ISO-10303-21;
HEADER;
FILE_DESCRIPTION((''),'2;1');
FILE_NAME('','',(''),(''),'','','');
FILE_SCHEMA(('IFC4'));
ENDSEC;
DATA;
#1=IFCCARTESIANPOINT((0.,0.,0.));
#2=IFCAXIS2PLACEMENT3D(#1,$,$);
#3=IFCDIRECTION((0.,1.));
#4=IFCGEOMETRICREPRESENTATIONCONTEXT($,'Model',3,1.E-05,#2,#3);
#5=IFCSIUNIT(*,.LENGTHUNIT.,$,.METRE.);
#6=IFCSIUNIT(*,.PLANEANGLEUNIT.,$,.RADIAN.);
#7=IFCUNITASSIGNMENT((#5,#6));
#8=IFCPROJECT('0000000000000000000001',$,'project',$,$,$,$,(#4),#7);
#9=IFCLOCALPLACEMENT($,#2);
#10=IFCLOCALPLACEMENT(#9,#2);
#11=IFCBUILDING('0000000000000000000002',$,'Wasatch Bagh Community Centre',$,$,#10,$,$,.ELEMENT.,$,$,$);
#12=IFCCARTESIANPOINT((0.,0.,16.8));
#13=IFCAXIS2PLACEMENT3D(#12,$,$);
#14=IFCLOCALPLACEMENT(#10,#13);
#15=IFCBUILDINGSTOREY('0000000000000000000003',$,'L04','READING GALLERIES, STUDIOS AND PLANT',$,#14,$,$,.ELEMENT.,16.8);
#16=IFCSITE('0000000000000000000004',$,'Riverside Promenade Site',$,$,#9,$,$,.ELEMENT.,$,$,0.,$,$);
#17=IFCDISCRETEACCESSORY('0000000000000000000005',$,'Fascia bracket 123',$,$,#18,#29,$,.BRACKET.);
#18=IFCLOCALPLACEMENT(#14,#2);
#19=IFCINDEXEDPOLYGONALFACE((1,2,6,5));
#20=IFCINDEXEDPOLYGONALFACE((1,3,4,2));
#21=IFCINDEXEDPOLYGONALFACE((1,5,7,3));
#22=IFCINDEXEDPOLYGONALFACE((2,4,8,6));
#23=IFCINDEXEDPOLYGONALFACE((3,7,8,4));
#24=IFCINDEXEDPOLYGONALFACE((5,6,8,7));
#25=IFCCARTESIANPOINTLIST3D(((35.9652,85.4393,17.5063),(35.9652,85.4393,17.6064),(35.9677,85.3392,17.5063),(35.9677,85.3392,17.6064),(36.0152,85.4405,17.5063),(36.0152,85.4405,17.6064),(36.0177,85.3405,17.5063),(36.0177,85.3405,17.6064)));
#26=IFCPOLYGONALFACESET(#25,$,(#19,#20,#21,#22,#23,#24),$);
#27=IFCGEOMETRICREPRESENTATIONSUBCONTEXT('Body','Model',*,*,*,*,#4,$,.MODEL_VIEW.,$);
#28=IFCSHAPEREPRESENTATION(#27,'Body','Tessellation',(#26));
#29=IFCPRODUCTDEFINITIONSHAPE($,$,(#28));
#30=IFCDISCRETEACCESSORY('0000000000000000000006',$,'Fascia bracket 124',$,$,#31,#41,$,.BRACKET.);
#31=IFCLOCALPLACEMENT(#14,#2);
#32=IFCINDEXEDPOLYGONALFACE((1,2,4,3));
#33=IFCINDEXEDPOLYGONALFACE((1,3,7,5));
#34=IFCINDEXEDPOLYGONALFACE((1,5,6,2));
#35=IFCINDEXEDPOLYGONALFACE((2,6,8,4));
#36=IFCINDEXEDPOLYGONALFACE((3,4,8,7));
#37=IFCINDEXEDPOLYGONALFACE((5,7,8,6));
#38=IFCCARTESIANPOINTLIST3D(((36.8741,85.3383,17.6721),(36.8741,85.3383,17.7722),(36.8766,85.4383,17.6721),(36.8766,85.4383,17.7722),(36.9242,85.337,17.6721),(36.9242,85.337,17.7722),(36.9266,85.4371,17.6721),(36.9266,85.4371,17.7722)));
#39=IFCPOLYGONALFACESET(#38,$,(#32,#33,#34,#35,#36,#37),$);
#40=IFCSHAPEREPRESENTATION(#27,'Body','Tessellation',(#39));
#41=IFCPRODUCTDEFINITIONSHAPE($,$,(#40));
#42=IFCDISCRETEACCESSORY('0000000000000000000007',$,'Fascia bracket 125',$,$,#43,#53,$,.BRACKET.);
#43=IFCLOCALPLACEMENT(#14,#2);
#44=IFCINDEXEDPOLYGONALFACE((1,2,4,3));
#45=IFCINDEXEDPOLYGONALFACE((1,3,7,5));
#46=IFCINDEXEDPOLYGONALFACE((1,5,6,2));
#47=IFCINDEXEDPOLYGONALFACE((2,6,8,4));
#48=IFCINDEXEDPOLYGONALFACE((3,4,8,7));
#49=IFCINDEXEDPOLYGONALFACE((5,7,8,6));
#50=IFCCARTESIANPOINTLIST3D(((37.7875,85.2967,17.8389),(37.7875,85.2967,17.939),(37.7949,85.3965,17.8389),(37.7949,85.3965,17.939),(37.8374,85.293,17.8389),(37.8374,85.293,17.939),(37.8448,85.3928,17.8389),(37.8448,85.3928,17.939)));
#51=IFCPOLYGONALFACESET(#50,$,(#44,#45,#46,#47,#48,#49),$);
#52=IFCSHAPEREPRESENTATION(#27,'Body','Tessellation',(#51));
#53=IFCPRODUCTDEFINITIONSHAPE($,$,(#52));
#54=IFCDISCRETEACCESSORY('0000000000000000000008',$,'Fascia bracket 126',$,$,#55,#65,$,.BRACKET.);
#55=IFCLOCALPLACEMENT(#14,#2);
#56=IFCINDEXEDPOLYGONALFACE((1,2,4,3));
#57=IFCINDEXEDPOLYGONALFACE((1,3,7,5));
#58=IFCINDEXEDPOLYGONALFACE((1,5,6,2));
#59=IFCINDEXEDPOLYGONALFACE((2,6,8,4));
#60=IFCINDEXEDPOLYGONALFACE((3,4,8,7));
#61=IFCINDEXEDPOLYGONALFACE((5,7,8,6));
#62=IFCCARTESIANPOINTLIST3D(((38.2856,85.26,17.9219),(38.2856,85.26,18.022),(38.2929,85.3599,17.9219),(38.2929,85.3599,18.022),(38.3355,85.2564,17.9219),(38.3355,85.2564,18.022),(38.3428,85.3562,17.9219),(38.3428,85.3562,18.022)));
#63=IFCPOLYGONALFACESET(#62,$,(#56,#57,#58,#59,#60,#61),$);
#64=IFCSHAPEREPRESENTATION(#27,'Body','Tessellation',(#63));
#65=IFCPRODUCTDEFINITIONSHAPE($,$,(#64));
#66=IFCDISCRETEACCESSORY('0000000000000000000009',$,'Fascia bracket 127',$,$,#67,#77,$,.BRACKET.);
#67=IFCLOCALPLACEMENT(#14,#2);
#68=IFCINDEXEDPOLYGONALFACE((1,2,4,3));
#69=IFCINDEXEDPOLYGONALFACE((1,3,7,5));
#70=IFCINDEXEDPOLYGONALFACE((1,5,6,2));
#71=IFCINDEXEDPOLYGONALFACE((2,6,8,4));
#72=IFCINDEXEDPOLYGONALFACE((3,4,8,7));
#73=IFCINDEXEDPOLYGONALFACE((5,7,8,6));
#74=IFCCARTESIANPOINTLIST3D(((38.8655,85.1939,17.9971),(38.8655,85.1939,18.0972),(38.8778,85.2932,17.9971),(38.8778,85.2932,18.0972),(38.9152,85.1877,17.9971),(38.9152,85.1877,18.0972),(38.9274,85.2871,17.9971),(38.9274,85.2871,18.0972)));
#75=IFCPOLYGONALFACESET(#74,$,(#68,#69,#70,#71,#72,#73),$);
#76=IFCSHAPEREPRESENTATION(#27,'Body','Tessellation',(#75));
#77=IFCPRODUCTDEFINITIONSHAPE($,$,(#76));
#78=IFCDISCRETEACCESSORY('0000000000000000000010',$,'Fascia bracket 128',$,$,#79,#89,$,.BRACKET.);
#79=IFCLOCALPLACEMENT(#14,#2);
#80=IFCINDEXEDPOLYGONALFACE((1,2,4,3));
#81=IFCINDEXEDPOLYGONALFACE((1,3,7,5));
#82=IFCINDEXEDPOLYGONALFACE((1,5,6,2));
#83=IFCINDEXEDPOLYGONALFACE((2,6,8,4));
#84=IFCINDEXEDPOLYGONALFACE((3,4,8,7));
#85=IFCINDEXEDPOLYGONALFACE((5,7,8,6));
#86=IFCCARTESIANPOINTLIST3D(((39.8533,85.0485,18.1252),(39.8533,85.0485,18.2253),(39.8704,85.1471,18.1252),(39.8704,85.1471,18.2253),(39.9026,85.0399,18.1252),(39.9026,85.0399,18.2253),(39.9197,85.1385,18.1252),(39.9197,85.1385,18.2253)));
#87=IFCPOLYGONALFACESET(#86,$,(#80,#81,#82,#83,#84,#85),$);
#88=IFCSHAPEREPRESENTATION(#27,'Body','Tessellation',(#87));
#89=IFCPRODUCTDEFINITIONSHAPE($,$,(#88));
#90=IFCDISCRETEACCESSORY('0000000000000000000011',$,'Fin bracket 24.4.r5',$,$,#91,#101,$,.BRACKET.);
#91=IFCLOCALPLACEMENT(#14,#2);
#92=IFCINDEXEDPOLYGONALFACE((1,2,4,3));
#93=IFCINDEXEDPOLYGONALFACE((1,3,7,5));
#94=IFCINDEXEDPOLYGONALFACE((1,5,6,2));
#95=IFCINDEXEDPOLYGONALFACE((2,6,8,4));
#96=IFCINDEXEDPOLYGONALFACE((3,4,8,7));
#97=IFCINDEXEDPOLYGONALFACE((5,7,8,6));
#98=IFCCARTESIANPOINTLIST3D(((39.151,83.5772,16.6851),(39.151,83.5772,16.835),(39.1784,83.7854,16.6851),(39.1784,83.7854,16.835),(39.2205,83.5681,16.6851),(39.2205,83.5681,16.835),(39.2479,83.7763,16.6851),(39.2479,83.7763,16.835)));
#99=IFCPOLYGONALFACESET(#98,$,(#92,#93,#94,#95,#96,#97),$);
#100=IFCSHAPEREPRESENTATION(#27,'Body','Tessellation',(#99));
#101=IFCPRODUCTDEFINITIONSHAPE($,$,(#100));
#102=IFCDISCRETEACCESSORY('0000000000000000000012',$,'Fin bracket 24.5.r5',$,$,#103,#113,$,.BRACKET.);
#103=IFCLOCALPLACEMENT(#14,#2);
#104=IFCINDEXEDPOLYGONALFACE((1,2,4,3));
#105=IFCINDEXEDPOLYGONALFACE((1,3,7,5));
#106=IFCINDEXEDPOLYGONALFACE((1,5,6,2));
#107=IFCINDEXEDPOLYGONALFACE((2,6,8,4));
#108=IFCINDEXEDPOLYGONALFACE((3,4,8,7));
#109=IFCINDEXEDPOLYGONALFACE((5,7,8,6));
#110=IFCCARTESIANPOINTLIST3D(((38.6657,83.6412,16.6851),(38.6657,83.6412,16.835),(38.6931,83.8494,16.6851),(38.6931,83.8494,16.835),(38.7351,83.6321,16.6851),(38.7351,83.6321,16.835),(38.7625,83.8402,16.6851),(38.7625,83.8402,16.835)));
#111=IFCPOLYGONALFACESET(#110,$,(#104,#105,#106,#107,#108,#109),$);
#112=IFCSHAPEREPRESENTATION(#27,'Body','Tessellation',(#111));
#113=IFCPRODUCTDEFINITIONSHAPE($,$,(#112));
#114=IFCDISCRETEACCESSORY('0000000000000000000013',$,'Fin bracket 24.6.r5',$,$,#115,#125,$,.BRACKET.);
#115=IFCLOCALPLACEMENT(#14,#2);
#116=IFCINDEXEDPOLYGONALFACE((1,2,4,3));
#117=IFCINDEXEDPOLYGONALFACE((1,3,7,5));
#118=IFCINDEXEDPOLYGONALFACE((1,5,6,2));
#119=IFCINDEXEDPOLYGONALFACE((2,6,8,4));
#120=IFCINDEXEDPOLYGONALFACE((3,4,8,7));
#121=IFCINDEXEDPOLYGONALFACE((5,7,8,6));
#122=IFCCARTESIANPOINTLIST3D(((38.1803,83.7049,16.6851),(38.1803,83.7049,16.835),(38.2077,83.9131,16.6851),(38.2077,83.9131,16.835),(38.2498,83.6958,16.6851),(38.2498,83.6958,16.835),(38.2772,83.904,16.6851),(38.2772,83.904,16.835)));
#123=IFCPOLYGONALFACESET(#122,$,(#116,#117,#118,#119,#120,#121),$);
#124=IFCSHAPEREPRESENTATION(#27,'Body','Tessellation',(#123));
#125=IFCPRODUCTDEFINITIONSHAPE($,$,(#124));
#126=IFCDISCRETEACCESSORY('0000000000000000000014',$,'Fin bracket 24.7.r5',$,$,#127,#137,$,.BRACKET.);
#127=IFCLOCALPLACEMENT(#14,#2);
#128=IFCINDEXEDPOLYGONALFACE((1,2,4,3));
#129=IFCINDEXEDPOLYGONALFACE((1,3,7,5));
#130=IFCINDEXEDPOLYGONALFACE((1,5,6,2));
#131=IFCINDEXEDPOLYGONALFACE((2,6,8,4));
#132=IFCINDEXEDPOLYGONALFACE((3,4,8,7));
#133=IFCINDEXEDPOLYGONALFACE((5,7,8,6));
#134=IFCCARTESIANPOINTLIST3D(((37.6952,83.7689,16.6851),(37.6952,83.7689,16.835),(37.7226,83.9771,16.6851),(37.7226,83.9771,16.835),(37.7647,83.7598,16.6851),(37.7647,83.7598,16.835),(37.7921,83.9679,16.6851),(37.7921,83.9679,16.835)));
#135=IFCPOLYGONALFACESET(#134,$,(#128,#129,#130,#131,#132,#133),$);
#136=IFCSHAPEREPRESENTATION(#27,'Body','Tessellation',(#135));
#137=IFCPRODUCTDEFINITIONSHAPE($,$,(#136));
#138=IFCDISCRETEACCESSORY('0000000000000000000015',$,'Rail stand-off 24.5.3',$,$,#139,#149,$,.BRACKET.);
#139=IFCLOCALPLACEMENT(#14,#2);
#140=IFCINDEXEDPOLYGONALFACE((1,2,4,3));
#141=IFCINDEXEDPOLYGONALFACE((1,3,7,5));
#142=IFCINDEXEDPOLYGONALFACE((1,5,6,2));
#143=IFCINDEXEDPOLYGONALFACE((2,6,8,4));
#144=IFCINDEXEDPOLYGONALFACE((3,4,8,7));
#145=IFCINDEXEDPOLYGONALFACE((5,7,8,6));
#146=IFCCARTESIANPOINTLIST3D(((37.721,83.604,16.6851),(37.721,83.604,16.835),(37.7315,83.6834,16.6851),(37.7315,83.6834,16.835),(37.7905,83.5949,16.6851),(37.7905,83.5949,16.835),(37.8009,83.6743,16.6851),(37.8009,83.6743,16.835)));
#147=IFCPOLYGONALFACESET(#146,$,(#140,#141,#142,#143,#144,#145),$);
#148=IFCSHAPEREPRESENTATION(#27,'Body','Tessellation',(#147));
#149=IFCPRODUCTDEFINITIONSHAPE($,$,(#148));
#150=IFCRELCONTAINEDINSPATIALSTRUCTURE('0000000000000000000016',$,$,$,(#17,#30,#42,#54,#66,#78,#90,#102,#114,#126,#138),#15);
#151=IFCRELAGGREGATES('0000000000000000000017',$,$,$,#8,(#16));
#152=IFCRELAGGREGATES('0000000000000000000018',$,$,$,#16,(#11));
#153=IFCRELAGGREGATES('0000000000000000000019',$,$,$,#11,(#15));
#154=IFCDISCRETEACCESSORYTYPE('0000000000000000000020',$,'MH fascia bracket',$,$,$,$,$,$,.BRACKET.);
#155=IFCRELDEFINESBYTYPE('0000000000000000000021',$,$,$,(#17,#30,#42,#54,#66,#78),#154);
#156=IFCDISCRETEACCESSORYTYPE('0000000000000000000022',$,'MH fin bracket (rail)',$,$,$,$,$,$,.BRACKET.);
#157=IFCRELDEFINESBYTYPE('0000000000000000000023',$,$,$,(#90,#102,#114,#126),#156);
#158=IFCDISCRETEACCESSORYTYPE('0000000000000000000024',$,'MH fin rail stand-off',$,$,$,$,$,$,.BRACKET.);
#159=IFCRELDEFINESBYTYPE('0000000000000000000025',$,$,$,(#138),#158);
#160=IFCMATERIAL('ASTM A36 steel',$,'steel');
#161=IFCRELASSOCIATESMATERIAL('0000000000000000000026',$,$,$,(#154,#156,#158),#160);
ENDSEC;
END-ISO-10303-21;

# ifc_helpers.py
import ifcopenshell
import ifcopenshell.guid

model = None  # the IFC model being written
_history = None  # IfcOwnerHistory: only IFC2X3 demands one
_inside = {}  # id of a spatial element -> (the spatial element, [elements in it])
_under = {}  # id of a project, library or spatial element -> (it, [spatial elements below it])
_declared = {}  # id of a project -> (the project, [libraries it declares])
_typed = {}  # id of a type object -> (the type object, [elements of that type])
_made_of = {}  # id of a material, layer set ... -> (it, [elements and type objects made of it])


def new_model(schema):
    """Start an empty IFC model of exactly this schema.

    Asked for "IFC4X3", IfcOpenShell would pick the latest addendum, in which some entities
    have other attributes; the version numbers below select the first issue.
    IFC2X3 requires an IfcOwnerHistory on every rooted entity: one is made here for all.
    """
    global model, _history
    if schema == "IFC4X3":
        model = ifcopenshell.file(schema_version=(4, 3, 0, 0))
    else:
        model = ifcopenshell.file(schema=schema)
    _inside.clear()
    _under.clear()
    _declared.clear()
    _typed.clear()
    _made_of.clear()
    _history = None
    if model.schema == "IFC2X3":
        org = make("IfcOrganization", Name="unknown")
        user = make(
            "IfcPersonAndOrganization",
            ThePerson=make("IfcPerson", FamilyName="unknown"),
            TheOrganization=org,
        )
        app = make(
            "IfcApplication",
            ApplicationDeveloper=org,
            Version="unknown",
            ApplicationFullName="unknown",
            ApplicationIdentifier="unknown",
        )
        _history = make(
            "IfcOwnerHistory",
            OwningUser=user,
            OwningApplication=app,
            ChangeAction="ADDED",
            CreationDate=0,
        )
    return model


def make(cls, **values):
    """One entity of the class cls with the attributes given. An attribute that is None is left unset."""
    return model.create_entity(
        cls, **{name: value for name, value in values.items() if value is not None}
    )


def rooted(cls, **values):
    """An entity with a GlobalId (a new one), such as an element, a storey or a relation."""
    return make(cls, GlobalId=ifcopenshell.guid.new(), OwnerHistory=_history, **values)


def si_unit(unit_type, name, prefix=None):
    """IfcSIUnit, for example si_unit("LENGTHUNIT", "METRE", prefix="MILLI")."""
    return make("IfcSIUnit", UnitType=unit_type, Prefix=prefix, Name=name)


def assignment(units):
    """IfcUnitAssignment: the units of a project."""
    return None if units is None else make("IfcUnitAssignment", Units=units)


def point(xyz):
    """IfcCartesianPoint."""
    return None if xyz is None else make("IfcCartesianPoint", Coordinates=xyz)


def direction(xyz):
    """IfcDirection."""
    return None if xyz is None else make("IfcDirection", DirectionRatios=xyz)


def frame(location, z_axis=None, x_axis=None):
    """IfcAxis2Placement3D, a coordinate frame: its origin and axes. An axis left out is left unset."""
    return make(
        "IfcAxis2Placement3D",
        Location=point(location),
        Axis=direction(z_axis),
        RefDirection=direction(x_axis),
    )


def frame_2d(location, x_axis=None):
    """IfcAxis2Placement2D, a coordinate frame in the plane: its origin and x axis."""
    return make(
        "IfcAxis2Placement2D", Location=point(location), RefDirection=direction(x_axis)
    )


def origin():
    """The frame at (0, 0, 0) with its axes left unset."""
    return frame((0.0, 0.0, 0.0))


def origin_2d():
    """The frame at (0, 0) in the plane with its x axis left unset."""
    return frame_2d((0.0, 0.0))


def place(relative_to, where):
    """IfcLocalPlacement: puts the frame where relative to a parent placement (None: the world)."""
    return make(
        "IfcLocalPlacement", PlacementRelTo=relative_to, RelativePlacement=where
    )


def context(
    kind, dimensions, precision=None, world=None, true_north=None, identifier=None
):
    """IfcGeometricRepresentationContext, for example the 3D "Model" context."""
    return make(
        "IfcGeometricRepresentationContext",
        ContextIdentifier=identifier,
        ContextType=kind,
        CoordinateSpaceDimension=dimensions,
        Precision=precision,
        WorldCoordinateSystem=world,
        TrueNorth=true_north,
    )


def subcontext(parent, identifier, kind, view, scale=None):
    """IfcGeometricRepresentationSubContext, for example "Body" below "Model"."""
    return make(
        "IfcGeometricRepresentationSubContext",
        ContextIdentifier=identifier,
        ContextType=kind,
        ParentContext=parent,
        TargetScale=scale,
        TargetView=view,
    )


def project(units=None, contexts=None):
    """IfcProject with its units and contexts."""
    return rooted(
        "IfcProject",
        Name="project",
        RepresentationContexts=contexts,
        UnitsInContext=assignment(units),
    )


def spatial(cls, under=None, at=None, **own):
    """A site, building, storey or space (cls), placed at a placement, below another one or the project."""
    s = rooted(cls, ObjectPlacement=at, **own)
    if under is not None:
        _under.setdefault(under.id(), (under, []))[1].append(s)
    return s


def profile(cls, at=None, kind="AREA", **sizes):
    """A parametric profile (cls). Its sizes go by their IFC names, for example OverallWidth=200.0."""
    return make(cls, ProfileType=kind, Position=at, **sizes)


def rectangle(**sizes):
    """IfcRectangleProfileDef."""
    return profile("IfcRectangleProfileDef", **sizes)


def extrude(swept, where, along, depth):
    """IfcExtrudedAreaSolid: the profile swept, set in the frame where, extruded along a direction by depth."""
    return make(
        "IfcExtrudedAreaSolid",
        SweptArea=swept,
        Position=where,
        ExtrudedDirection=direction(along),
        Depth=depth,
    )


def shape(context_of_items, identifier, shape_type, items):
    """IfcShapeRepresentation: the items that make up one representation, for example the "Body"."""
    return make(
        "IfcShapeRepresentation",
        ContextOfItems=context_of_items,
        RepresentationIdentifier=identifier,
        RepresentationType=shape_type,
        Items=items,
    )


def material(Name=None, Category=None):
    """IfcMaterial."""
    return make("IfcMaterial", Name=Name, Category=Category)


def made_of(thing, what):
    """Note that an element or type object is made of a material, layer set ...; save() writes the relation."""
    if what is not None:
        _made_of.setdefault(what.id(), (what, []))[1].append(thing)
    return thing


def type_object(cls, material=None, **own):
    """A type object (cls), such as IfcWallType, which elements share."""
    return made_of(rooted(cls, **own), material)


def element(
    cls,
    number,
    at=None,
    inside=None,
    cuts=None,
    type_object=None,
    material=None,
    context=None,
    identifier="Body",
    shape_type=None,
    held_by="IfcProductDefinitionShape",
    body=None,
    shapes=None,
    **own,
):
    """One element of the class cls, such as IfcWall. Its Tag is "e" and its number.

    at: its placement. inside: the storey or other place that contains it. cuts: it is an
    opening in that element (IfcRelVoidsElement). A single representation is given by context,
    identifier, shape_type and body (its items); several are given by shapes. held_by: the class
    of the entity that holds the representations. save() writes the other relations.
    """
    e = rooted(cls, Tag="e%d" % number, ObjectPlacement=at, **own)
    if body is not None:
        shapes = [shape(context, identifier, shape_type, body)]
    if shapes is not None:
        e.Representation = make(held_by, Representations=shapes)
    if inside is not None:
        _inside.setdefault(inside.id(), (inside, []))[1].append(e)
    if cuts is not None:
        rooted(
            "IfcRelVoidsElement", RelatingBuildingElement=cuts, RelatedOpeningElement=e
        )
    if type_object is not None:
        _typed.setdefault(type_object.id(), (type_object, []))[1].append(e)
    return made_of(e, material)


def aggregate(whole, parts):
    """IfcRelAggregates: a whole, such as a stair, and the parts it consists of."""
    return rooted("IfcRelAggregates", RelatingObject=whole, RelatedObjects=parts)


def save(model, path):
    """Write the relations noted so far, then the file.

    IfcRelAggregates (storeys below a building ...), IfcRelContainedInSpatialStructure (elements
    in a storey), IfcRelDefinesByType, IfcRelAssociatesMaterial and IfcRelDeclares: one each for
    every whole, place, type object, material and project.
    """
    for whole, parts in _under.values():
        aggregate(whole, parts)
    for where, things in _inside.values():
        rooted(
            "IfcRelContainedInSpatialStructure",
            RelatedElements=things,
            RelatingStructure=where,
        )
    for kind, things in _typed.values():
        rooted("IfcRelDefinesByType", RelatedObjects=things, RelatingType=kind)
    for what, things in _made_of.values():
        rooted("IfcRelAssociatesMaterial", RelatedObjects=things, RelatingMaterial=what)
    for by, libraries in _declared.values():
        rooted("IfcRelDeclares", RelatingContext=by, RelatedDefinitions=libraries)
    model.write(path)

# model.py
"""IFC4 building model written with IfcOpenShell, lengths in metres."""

from ifc_helpers import new_model, si_unit, direction, frame, origin, origin_2d, place, context, subcontext, project, spatial, rectangle, extrude, material, type_object, element, save


model = new_model("IFC4")

# Units and contexts
model_context = context("Model", 3, precision=1e-05, world=origin(), true_north=direction((0.0, 1.0)))
body_context = subcontext(model_context, "Body", "Model", "MODEL_VIEW")
ifc_project = project(units=[si_unit("LENGTHUNIT", "METRE"), si_unit("PLANEANGLEUNIT", "RADIAN")], contexts=[model_context])

# Site, building, storey
site_placement = place(None, origin())
site = spatial("IfcSite", under=ifc_project, at=site_placement, Name="Riverside Promenade Site", CompositionType="ELEMENT", RefElevation=0.0)
building_placement = place(site_placement, origin())
building = spatial("IfcBuilding", under=site, at=building_placement, Name="Wasatch Bagh Community Centre", CompositionType="ELEMENT")
storey_placement = place(building_placement, frame((0.0, 0.0, 16.8)))
storey = spatial("IfcBuildingStorey", under=building, at=storey_placement, Name="L04", Description="READING GALLERIES, STUDIOS AND PLANT", CompositionType="ELEMENT", Elevation=16.8)

# Discrete accessories
ifc_material_1 = material(Name="ASTM A36 steel", Category="steel")
discrete_accessory_type_1 = type_object("IfcDiscreteAccessoryType", Name="MH fascia bracket", PredefinedType="BRACKET", material=ifc_material_1)
for number, where, z_axis, x_axis, name in (
    (1, (35.9915, 85.3899, 17.5063), (0.0, 0.0, 1.0), (-0.024541, 0.999699, 0.0), "Fascia bracket 123"),
    (2, (36.9004, 85.3877, 17.6721), (0.0, 0.0, 1.0), (0.024541, 0.999699, 0.0), "Fascia bracket 124"),
    (3, (37.8162, 85.3447, 17.8389), (0.0, 0.0, 1.0), (0.073565, 0.99729, 0.0), "Fascia bracket 125"),
    (4, (38.3142, 85.3081, 17.9219), (0.0, 0.0, 1.0), (0.073565, 0.99729, 0.0), "Fascia bracket 126"),
    (5, (38.8965, 85.2405, 17.9971), (0.0, 0.0, 1.0), (0.122411, 0.99248, 0.0), "Fascia bracket 127"),
    (6, (39.8865, 85.0935, 18.1252), (0.0, 0.0, 1.0), (0.170962, 0.985278, 0.0), "Fascia bracket 128"),
):
    element("IfcDiscreteAccessory", number, at=place(storey_placement, frame(where, z_axis=z_axis, x_axis=x_axis)), inside=storey, type_object=discrete_accessory_type_1, Name=name, PredefinedType="BRACKET", context=body_context, shape_type="SweptSolid", body=[
        extrude(rectangle(XDim=0.1001, YDim=0.05, at=origin_2d()), origin(), (0.0, 0.0, 1.0), 0.1001),
    ])
discrete_accessory_type_2 = type_object("IfcDiscreteAccessoryType", Name="MH fin bracket (rail)", PredefinedType="BRACKET", material=ifc_material_1)
for number, where, z_axis, x_axis, name in (
    (7, (39.1995, 83.6768, 16.6851), (0.0, 0.0, 1.0), (-0.991445, 0.130526, 0.0), "Fin bracket 24.4.r5"),
    (8, (38.7141, 83.7407, 16.6851), (0.0, 0.0, 1.0), (-0.991445, 0.130526, 0.0), "Fin bracket 24.5.r5"),
    (9, (38.2288, 83.8044, 16.6851), (0.0, 0.0, 1.0), (-0.991445, 0.130526, 0.0), "Fin bracket 24.6.r5"),
    (10, (37.7437, 83.8684, 16.6851), (0.0, 0.0, 1.0), (-0.991445, 0.130526, 0.0), "Fin bracket 24.7.r5"),
):
    element("IfcDiscreteAccessory", number, at=place(storey_placement, frame(where, z_axis=z_axis, x_axis=x_axis)), inside=storey, type_object=discrete_accessory_type_2, Name=name, PredefinedType="BRACKET", context=body_context, shape_type="SweptSolid", body=[
        extrude(rectangle(XDim=0.0701, YDim=0.21, at=origin_2d()), origin(), (0.0, 0.0, 1.0), 0.1499),
    ])
discrete_accessory_type_3 = type_object("IfcDiscreteAccessoryType", Name="MH fin rail stand-off", PredefinedType="BRACKET", material=ifc_material_1)
discrete_accessory_placement = place(storey_placement, frame((37.761, 83.6392, 16.6851), z_axis=(0.0, 0.0, 1.0), x_axis=(-0.991445, 0.130526, 0.0)))
element("IfcDiscreteAccessory", 11, at=discrete_accessory_placement, inside=storey, type_object=discrete_accessory_type_3, Name="Rail stand-off 24.5.3", PredefinedType="BRACKET", context=body_context, shape_type="SweptSolid", body=[
    extrude(rectangle(XDim=0.0701, YDim=0.0801, at=origin_2d()), origin(), (0.0, 0.0, 1.0), 0.1499),
])

save(model, "model.ifc")
